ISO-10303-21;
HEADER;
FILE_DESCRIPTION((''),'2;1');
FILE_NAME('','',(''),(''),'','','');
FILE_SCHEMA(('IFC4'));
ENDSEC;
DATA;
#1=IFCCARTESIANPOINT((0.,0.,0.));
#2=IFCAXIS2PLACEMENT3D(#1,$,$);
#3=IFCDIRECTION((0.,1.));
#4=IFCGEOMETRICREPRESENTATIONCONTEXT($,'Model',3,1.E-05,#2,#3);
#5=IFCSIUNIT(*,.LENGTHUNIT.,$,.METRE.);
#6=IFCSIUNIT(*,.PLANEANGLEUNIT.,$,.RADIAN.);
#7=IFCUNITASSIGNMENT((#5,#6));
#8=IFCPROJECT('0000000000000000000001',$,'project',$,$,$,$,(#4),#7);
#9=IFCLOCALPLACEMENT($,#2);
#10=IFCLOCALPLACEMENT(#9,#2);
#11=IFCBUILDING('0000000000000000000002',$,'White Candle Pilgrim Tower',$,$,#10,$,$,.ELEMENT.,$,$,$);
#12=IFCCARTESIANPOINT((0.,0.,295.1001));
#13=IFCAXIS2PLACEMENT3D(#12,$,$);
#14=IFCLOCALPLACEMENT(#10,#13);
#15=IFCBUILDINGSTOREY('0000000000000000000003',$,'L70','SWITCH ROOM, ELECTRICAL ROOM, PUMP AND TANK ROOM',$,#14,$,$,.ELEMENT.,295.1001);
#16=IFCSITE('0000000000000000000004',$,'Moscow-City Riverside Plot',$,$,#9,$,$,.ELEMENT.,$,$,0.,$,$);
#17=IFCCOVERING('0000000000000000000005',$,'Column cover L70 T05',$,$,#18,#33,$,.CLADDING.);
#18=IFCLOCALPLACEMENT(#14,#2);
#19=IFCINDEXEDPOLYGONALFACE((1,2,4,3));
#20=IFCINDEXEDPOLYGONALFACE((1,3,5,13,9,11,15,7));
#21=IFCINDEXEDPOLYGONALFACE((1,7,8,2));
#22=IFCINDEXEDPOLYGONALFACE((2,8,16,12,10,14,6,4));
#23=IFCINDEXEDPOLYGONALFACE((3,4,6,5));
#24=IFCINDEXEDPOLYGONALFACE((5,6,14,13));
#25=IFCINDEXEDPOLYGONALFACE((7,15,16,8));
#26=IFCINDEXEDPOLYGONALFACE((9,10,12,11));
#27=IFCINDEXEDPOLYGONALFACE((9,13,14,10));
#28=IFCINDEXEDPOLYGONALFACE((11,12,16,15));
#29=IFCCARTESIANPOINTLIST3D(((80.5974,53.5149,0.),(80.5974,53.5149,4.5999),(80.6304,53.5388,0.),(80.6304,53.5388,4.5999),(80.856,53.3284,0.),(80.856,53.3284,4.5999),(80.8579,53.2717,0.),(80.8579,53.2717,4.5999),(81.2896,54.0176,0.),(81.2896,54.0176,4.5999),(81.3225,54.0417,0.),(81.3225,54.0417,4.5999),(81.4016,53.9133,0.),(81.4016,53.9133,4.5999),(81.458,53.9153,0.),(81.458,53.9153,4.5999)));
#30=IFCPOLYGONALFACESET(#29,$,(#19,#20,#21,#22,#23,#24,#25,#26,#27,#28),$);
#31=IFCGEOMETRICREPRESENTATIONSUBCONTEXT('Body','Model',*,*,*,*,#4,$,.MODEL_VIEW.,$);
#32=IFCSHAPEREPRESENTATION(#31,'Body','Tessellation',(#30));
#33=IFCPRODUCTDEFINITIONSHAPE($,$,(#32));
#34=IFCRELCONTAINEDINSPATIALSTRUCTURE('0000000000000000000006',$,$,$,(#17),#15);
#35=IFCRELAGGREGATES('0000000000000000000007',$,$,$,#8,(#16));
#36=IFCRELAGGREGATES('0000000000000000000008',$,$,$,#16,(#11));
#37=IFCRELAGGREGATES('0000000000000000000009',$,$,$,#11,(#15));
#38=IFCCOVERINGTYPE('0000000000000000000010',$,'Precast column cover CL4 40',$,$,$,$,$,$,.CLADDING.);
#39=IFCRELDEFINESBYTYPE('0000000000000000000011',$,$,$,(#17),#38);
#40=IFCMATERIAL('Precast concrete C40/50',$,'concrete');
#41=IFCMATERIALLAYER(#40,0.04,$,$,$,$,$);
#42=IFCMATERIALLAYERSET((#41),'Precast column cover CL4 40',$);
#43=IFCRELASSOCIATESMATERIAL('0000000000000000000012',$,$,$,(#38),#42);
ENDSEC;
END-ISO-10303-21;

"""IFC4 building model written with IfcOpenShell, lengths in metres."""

from ifc_helpers import new_model, si_unit, direction, frame, origin, place, context, subcontext, project, spatial, polyline, outline, extrude, material, layer, layer_set, type_object, element, save


model = new_model("IFC4")

# Units and contexts
model_context = context("Model", 3, precision=1e-05, world=origin(), true_north=direction((0.0, 1.0)))
body_context = subcontext(model_context, "Body", "Model", "MODEL_VIEW")
ifc_project = project(units=[si_unit("LENGTHUNIT", "METRE"), si_unit("PLANEANGLEUNIT", "RADIAN")], contexts=[model_context])

# Site, building, storey
site_placement = place(None, origin())
site = spatial("IfcSite", under=ifc_project, at=site_placement, Name="Moscow-City Riverside Plot", CompositionType="ELEMENT", RefElevation=0.0)
building_placement = place(site_placement, origin())
building = spatial("IfcBuilding", under=site, at=building_placement, Name="White Candle Pilgrim Tower", CompositionType="ELEMENT")
storey_placement = place(building_placement, frame((0.0, 0.0, 295.1001)))
storey = spatial("IfcBuildingStorey", under=building, at=storey_placement, Name="L70", Description="SWITCH ROOM, ELECTRICAL ROOM, PUMP AND TANK ROOM", CompositionType="ELEMENT", Elevation=295.1001)

# Covering
ifc_material_1 = material(Name="Precast concrete C40/50", Category="concrete")
ifc_layer_1 = layer(ifc_material_1, 0.04)
ifc_layer_set_1 = layer_set([ifc_layer_1], Name="Precast column cover CL4 40")
covering_type = type_object("IfcCoveringType", Name="Precast column cover CL4 40", PredefinedType="CLADDING", material=ifc_layer_set_1)
covering_1_placement = place(storey_placement, origin())
element("IfcCovering", 1, at=covering_1_placement, inside=storey, type_object=covering_type, Name="Column cover L70 T05", PredefinedType="CLADDING", context=body_context, shape_type="SweptSolid", body=[
    extrude(outline(polyline([(81.2896, 54.0176), (81.3225, 54.0417), (81.458, 53.9153), (80.8579, 53.2717), (80.5974, 53.5149), (80.6304, 53.5388), (80.856, 53.3284), (81.4016, 53.9133), (81.2896, 54.0176)])), origin(), (0.0, 0.0, 1.0), 4.5999),
])

save(model, "model.ifc")
